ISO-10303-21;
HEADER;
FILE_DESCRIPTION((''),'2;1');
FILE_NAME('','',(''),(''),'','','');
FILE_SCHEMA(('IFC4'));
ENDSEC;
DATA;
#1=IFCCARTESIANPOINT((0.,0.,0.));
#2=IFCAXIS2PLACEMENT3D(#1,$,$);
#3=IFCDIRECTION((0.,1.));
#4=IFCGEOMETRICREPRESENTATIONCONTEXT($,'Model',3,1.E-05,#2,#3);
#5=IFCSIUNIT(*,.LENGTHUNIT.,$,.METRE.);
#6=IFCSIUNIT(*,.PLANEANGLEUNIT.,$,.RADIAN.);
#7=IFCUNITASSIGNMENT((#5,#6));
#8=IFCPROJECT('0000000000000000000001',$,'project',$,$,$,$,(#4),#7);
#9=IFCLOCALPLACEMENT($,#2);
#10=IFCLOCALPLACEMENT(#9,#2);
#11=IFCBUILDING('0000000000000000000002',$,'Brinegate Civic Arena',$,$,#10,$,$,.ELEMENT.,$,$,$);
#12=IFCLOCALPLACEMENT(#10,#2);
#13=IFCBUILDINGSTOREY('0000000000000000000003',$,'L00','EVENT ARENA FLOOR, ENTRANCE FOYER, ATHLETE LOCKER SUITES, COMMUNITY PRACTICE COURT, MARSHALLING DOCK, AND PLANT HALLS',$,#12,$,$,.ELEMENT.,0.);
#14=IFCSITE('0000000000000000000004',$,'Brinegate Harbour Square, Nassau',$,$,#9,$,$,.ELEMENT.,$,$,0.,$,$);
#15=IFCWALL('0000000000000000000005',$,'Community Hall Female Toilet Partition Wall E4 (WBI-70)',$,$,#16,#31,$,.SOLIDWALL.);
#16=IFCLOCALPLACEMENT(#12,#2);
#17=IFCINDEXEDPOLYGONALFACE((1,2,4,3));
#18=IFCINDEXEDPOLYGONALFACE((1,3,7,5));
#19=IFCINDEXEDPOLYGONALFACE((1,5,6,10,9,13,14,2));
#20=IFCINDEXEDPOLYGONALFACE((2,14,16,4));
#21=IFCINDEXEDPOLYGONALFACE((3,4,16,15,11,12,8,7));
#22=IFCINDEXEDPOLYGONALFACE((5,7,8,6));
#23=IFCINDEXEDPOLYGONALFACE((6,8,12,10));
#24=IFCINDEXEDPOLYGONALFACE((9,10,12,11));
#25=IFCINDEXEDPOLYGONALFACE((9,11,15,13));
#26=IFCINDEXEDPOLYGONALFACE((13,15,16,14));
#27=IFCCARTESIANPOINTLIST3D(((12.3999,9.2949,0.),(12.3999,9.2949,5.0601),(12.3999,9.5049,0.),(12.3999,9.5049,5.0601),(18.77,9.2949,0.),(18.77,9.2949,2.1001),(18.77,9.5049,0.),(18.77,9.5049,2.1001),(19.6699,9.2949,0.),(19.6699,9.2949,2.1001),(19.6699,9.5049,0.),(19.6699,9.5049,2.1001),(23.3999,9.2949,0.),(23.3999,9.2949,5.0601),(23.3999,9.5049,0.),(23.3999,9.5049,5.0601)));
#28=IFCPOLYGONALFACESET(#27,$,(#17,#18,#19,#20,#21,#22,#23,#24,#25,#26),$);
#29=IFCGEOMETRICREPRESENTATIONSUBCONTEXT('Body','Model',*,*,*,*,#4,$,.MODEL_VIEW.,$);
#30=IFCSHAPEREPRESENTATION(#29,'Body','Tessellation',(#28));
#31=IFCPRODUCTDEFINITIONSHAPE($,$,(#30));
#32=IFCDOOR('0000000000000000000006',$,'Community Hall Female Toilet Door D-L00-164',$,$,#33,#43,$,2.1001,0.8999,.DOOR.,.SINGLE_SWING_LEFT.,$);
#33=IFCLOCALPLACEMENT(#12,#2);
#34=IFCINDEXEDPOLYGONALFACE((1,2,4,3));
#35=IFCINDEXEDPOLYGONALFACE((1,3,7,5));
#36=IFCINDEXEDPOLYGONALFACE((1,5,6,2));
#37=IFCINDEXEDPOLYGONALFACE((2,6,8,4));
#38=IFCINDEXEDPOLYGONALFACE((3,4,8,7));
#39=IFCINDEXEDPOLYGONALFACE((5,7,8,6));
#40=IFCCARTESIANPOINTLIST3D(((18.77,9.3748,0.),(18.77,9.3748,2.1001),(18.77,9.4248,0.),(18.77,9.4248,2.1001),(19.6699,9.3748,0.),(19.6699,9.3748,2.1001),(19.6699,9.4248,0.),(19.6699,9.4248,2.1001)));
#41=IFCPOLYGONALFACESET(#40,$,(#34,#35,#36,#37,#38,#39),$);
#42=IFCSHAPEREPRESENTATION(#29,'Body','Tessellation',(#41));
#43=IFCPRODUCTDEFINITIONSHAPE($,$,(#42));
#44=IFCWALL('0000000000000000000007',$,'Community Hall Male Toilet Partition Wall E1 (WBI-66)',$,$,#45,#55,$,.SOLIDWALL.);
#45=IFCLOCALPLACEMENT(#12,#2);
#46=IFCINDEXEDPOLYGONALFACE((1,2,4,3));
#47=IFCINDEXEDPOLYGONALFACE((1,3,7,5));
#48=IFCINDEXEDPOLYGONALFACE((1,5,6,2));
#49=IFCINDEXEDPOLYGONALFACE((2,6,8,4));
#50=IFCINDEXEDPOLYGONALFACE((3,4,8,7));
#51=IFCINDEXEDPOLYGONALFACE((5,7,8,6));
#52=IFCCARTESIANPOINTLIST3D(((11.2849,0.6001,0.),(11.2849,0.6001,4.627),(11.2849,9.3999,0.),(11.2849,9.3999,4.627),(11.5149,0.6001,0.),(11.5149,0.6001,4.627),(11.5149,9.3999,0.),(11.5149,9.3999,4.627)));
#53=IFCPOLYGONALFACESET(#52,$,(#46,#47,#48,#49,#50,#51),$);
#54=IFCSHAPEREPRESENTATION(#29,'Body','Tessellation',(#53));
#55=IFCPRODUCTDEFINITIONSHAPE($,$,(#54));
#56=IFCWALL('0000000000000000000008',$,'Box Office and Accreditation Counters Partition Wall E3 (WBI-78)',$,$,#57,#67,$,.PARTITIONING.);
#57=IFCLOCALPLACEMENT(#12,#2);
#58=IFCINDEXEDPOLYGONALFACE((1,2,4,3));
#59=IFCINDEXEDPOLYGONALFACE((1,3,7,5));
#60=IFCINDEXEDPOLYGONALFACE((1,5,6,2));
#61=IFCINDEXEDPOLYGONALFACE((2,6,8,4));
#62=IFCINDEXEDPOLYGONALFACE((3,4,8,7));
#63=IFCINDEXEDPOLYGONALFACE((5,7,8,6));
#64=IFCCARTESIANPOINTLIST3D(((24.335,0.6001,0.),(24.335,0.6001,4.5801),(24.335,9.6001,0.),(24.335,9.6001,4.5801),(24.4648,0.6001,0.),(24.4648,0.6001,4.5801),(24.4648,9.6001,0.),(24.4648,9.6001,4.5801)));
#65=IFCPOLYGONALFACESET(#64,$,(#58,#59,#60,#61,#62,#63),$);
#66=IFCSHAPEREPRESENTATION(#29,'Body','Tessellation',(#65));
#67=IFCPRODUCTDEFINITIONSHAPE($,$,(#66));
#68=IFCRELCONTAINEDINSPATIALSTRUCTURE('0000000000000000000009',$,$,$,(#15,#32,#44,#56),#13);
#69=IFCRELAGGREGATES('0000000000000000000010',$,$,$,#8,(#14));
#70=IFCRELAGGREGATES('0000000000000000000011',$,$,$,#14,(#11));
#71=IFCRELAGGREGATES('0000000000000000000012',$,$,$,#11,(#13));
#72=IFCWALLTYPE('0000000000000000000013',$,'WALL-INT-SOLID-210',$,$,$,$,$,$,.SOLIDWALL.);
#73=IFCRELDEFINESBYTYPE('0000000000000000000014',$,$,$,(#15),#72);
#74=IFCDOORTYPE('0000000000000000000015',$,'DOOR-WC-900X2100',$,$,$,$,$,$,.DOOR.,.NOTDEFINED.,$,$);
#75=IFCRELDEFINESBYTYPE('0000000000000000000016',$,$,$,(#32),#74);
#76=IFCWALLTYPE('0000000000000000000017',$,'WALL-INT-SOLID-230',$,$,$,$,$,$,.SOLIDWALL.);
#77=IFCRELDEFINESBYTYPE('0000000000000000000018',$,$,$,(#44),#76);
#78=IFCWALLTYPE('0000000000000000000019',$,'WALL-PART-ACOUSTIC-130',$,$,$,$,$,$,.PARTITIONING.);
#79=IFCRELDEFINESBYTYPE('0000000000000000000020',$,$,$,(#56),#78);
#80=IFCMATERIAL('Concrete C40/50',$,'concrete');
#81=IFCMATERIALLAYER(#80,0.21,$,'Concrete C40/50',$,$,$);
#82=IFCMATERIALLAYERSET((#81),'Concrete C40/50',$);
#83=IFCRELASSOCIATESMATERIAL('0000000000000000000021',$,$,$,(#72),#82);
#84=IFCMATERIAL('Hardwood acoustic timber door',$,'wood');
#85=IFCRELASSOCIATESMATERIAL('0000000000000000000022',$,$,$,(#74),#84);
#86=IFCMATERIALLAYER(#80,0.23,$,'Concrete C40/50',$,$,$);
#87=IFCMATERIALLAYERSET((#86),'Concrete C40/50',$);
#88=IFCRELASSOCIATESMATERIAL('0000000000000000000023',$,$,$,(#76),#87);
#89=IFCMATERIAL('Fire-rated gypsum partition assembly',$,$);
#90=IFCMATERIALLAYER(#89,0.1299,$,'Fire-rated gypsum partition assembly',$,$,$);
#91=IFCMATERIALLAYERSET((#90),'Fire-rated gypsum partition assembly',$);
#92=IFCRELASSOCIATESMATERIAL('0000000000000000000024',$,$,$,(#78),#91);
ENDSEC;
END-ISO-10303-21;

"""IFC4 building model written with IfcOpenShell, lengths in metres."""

from ifc_helpers import new_model, si_unit, direction, frame, frame_2d, origin, place, context, subcontext, project, spatial, rectangle, extrude, material, layer, layer_set, type_object, element, fill, save


model = new_model("IFC4")

# Units and contexts
model_context = context("Model", 3, precision=1e-05, world=origin(), true_north=direction((0.0, 1.0)))
body_context = subcontext(model_context, "Body", "Model", "MODEL_VIEW")
ifc_project = project(units=[si_unit("LENGTHUNIT", "METRE"), si_unit("PLANEANGLEUNIT", "RADIAN")], contexts=[model_context])

# Site, building, storey
site_placement = place(None, origin())
site = spatial("IfcSite", under=ifc_project, at=site_placement, Name="Brinegate Harbour Square, Nassau", CompositionType="ELEMENT", RefElevation=0.0)
building_placement = place(site_placement, origin())
building = spatial("IfcBuilding", under=site, at=building_placement, Name="Brinegate Civic Arena", CompositionType="ELEMENT")
storey_placement = place(building_placement, origin())
storey = spatial("IfcBuildingStorey", under=building, at=storey_placement, Name="L00", Description="EVENT ARENA FLOOR, ENTRANCE FOYER, ATHLETE LOCKER SUITES, COMMUNITY PRACTICE COURT, MARSHALLING DOCK, AND PLANT HALLS", CompositionType="ELEMENT", Elevation=0.0)

# Shared definitions
ifc_material_1 = material(Name="Concrete C40/50", Category="concrete")

# Shared definitions
ifc_layer_1 = layer(ifc_material_1, 0.21, Name="Concrete C40/50")
ifc_layer_set_1 = layer_set([ifc_layer_1], Name="Concrete C40/50")
wall_type_1 = type_object("IfcWallType", Name="WALL-INT-SOLID-210", PredefinedType="SOLIDWALL", material=ifc_layer_set_1)

# Wall, opening, door
wall_1_placement = place(storey_placement, frame((12.3999, 9.3999, 0.0), z_axis=(0.0, 0.0, 1.0), x_axis=(1.0, 0.0, 0.0)))
wall_1 = element("IfcWall", 1, at=wall_1_placement, inside=storey, type_object=wall_type_1, Name="Community Hall Female Toilet Partition Wall E4 (WBI-70)", PredefinedType="SOLIDWALL", context=body_context, shape_type="SweptSolid", body=[
    extrude(rectangle(XDim=11.0, YDim=0.21, at=frame_2d((5.5, 0.0))), origin(), (0.0, 0.0, 1.0), 5.0601),
])
opening_1_placement = place(wall_1_placement, frame((6.3701, 0.0, 0.0)))
opening_1 = element("IfcOpeningElement", 2, at=opening_1_placement, cuts=wall_1, PredefinedType="OPENING", context=body_context, shape_type="SweptSolid", body=[
    extrude(rectangle(XDim=0.8999, YDim=2.1001, at=frame_2d((0.45, 1.05))), frame((0.0, 0.115, 0.0), z_axis=(0.0, -1.0, 0.0), x_axis=(1.0, 0.0, 0.0)), (0.0, 0.0, 1.0), 0.23),
])
ifc_material_2 = material(Name="Hardwood acoustic timber door", Category="wood")
door_type_1 = type_object("IfcDoorType", Name="DOOR-WC-900X2100", OperationType="NOTDEFINED", PredefinedType="DOOR", material=ifc_material_2)
door_1_placement = place(opening_1_placement, origin())
door_1 = element("IfcDoor", 3, at=door_1_placement, inside=storey, type_object=door_type_1, Name="Community Hall Female Toilet Door D-L00-164", OperationType="SINGLE_SWING_LEFT", OverallHeight=2.1001, OverallWidth=0.8999, PredefinedType="DOOR", context=body_context, shape_type="SweptSolid", body=[
    extrude(rectangle(XDim=0.8999, YDim=2.1001, at=frame_2d((0.45, 1.05))), frame((0.0, 0.0249, 0.0), z_axis=(0.0, -1.0, 0.0), x_axis=(1.0, 0.0, 0.0)), (0.0, 0.0, 1.0), 0.05),
])
fill(opening_1, door_1)

# Walls
ifc_layer_2 = layer(ifc_material_1, 0.23, Name="Concrete C40/50")
ifc_layer_set_2 = layer_set([ifc_layer_2], Name="Concrete C40/50")
wall_type_2 = type_object("IfcWallType", Name="WALL-INT-SOLID-230", PredefinedType="SOLIDWALL", material=ifc_layer_set_2)
wall_2_placement = place(storey_placement, frame((11.3999, 9.3999, 0.0), z_axis=(0.0, 0.0, 1.0), x_axis=(0.0, -1.0, 0.0)))
element("IfcWall", 4, at=wall_2_placement, inside=storey, type_object=wall_type_2, Name="Community Hall Male Toilet Partition Wall E1 (WBI-66)", PredefinedType="SOLIDWALL", context=body_context, shape_type="SweptSolid", body=[
    extrude(rectangle(XDim=8.7998, YDim=0.23, at=frame_2d((4.3999, 0.0))), origin(), (0.0, 0.0, 1.0), 4.627),
])
ifc_material_3 = material(Name="Fire-rated gypsum partition assembly")
ifc_layer_3 = layer(ifc_material_3, 0.1299, Name="Fire-rated gypsum partition assembly")
ifc_layer_set_3 = layer_set([ifc_layer_3], Name="Fire-rated gypsum partition assembly")
wall_type_3 = type_object("IfcWallType", Name="WALL-PART-ACOUSTIC-130", PredefinedType="PARTITIONING", material=ifc_layer_set_3)
wall_3_placement = place(storey_placement, frame((24.3999, 0.6001, 0.0), z_axis=(0.0, 0.0, 1.0), x_axis=(0.0, 1.0, 0.0)))
element("IfcWall", 5, at=wall_3_placement, inside=storey, type_object=wall_type_3, Name="Box Office and Accreditation Counters Partition Wall E3 (WBI-78)", PredefinedType="PARTITIONING", context=body_context, shape_type="SweptSolid", body=[
    extrude(rectangle(XDim=9.0, YDim=0.1299, at=frame_2d((4.5, 0.0))), origin(), (0.0, 0.0, 1.0), 4.5801),
])

save(model, "model.ifc")
